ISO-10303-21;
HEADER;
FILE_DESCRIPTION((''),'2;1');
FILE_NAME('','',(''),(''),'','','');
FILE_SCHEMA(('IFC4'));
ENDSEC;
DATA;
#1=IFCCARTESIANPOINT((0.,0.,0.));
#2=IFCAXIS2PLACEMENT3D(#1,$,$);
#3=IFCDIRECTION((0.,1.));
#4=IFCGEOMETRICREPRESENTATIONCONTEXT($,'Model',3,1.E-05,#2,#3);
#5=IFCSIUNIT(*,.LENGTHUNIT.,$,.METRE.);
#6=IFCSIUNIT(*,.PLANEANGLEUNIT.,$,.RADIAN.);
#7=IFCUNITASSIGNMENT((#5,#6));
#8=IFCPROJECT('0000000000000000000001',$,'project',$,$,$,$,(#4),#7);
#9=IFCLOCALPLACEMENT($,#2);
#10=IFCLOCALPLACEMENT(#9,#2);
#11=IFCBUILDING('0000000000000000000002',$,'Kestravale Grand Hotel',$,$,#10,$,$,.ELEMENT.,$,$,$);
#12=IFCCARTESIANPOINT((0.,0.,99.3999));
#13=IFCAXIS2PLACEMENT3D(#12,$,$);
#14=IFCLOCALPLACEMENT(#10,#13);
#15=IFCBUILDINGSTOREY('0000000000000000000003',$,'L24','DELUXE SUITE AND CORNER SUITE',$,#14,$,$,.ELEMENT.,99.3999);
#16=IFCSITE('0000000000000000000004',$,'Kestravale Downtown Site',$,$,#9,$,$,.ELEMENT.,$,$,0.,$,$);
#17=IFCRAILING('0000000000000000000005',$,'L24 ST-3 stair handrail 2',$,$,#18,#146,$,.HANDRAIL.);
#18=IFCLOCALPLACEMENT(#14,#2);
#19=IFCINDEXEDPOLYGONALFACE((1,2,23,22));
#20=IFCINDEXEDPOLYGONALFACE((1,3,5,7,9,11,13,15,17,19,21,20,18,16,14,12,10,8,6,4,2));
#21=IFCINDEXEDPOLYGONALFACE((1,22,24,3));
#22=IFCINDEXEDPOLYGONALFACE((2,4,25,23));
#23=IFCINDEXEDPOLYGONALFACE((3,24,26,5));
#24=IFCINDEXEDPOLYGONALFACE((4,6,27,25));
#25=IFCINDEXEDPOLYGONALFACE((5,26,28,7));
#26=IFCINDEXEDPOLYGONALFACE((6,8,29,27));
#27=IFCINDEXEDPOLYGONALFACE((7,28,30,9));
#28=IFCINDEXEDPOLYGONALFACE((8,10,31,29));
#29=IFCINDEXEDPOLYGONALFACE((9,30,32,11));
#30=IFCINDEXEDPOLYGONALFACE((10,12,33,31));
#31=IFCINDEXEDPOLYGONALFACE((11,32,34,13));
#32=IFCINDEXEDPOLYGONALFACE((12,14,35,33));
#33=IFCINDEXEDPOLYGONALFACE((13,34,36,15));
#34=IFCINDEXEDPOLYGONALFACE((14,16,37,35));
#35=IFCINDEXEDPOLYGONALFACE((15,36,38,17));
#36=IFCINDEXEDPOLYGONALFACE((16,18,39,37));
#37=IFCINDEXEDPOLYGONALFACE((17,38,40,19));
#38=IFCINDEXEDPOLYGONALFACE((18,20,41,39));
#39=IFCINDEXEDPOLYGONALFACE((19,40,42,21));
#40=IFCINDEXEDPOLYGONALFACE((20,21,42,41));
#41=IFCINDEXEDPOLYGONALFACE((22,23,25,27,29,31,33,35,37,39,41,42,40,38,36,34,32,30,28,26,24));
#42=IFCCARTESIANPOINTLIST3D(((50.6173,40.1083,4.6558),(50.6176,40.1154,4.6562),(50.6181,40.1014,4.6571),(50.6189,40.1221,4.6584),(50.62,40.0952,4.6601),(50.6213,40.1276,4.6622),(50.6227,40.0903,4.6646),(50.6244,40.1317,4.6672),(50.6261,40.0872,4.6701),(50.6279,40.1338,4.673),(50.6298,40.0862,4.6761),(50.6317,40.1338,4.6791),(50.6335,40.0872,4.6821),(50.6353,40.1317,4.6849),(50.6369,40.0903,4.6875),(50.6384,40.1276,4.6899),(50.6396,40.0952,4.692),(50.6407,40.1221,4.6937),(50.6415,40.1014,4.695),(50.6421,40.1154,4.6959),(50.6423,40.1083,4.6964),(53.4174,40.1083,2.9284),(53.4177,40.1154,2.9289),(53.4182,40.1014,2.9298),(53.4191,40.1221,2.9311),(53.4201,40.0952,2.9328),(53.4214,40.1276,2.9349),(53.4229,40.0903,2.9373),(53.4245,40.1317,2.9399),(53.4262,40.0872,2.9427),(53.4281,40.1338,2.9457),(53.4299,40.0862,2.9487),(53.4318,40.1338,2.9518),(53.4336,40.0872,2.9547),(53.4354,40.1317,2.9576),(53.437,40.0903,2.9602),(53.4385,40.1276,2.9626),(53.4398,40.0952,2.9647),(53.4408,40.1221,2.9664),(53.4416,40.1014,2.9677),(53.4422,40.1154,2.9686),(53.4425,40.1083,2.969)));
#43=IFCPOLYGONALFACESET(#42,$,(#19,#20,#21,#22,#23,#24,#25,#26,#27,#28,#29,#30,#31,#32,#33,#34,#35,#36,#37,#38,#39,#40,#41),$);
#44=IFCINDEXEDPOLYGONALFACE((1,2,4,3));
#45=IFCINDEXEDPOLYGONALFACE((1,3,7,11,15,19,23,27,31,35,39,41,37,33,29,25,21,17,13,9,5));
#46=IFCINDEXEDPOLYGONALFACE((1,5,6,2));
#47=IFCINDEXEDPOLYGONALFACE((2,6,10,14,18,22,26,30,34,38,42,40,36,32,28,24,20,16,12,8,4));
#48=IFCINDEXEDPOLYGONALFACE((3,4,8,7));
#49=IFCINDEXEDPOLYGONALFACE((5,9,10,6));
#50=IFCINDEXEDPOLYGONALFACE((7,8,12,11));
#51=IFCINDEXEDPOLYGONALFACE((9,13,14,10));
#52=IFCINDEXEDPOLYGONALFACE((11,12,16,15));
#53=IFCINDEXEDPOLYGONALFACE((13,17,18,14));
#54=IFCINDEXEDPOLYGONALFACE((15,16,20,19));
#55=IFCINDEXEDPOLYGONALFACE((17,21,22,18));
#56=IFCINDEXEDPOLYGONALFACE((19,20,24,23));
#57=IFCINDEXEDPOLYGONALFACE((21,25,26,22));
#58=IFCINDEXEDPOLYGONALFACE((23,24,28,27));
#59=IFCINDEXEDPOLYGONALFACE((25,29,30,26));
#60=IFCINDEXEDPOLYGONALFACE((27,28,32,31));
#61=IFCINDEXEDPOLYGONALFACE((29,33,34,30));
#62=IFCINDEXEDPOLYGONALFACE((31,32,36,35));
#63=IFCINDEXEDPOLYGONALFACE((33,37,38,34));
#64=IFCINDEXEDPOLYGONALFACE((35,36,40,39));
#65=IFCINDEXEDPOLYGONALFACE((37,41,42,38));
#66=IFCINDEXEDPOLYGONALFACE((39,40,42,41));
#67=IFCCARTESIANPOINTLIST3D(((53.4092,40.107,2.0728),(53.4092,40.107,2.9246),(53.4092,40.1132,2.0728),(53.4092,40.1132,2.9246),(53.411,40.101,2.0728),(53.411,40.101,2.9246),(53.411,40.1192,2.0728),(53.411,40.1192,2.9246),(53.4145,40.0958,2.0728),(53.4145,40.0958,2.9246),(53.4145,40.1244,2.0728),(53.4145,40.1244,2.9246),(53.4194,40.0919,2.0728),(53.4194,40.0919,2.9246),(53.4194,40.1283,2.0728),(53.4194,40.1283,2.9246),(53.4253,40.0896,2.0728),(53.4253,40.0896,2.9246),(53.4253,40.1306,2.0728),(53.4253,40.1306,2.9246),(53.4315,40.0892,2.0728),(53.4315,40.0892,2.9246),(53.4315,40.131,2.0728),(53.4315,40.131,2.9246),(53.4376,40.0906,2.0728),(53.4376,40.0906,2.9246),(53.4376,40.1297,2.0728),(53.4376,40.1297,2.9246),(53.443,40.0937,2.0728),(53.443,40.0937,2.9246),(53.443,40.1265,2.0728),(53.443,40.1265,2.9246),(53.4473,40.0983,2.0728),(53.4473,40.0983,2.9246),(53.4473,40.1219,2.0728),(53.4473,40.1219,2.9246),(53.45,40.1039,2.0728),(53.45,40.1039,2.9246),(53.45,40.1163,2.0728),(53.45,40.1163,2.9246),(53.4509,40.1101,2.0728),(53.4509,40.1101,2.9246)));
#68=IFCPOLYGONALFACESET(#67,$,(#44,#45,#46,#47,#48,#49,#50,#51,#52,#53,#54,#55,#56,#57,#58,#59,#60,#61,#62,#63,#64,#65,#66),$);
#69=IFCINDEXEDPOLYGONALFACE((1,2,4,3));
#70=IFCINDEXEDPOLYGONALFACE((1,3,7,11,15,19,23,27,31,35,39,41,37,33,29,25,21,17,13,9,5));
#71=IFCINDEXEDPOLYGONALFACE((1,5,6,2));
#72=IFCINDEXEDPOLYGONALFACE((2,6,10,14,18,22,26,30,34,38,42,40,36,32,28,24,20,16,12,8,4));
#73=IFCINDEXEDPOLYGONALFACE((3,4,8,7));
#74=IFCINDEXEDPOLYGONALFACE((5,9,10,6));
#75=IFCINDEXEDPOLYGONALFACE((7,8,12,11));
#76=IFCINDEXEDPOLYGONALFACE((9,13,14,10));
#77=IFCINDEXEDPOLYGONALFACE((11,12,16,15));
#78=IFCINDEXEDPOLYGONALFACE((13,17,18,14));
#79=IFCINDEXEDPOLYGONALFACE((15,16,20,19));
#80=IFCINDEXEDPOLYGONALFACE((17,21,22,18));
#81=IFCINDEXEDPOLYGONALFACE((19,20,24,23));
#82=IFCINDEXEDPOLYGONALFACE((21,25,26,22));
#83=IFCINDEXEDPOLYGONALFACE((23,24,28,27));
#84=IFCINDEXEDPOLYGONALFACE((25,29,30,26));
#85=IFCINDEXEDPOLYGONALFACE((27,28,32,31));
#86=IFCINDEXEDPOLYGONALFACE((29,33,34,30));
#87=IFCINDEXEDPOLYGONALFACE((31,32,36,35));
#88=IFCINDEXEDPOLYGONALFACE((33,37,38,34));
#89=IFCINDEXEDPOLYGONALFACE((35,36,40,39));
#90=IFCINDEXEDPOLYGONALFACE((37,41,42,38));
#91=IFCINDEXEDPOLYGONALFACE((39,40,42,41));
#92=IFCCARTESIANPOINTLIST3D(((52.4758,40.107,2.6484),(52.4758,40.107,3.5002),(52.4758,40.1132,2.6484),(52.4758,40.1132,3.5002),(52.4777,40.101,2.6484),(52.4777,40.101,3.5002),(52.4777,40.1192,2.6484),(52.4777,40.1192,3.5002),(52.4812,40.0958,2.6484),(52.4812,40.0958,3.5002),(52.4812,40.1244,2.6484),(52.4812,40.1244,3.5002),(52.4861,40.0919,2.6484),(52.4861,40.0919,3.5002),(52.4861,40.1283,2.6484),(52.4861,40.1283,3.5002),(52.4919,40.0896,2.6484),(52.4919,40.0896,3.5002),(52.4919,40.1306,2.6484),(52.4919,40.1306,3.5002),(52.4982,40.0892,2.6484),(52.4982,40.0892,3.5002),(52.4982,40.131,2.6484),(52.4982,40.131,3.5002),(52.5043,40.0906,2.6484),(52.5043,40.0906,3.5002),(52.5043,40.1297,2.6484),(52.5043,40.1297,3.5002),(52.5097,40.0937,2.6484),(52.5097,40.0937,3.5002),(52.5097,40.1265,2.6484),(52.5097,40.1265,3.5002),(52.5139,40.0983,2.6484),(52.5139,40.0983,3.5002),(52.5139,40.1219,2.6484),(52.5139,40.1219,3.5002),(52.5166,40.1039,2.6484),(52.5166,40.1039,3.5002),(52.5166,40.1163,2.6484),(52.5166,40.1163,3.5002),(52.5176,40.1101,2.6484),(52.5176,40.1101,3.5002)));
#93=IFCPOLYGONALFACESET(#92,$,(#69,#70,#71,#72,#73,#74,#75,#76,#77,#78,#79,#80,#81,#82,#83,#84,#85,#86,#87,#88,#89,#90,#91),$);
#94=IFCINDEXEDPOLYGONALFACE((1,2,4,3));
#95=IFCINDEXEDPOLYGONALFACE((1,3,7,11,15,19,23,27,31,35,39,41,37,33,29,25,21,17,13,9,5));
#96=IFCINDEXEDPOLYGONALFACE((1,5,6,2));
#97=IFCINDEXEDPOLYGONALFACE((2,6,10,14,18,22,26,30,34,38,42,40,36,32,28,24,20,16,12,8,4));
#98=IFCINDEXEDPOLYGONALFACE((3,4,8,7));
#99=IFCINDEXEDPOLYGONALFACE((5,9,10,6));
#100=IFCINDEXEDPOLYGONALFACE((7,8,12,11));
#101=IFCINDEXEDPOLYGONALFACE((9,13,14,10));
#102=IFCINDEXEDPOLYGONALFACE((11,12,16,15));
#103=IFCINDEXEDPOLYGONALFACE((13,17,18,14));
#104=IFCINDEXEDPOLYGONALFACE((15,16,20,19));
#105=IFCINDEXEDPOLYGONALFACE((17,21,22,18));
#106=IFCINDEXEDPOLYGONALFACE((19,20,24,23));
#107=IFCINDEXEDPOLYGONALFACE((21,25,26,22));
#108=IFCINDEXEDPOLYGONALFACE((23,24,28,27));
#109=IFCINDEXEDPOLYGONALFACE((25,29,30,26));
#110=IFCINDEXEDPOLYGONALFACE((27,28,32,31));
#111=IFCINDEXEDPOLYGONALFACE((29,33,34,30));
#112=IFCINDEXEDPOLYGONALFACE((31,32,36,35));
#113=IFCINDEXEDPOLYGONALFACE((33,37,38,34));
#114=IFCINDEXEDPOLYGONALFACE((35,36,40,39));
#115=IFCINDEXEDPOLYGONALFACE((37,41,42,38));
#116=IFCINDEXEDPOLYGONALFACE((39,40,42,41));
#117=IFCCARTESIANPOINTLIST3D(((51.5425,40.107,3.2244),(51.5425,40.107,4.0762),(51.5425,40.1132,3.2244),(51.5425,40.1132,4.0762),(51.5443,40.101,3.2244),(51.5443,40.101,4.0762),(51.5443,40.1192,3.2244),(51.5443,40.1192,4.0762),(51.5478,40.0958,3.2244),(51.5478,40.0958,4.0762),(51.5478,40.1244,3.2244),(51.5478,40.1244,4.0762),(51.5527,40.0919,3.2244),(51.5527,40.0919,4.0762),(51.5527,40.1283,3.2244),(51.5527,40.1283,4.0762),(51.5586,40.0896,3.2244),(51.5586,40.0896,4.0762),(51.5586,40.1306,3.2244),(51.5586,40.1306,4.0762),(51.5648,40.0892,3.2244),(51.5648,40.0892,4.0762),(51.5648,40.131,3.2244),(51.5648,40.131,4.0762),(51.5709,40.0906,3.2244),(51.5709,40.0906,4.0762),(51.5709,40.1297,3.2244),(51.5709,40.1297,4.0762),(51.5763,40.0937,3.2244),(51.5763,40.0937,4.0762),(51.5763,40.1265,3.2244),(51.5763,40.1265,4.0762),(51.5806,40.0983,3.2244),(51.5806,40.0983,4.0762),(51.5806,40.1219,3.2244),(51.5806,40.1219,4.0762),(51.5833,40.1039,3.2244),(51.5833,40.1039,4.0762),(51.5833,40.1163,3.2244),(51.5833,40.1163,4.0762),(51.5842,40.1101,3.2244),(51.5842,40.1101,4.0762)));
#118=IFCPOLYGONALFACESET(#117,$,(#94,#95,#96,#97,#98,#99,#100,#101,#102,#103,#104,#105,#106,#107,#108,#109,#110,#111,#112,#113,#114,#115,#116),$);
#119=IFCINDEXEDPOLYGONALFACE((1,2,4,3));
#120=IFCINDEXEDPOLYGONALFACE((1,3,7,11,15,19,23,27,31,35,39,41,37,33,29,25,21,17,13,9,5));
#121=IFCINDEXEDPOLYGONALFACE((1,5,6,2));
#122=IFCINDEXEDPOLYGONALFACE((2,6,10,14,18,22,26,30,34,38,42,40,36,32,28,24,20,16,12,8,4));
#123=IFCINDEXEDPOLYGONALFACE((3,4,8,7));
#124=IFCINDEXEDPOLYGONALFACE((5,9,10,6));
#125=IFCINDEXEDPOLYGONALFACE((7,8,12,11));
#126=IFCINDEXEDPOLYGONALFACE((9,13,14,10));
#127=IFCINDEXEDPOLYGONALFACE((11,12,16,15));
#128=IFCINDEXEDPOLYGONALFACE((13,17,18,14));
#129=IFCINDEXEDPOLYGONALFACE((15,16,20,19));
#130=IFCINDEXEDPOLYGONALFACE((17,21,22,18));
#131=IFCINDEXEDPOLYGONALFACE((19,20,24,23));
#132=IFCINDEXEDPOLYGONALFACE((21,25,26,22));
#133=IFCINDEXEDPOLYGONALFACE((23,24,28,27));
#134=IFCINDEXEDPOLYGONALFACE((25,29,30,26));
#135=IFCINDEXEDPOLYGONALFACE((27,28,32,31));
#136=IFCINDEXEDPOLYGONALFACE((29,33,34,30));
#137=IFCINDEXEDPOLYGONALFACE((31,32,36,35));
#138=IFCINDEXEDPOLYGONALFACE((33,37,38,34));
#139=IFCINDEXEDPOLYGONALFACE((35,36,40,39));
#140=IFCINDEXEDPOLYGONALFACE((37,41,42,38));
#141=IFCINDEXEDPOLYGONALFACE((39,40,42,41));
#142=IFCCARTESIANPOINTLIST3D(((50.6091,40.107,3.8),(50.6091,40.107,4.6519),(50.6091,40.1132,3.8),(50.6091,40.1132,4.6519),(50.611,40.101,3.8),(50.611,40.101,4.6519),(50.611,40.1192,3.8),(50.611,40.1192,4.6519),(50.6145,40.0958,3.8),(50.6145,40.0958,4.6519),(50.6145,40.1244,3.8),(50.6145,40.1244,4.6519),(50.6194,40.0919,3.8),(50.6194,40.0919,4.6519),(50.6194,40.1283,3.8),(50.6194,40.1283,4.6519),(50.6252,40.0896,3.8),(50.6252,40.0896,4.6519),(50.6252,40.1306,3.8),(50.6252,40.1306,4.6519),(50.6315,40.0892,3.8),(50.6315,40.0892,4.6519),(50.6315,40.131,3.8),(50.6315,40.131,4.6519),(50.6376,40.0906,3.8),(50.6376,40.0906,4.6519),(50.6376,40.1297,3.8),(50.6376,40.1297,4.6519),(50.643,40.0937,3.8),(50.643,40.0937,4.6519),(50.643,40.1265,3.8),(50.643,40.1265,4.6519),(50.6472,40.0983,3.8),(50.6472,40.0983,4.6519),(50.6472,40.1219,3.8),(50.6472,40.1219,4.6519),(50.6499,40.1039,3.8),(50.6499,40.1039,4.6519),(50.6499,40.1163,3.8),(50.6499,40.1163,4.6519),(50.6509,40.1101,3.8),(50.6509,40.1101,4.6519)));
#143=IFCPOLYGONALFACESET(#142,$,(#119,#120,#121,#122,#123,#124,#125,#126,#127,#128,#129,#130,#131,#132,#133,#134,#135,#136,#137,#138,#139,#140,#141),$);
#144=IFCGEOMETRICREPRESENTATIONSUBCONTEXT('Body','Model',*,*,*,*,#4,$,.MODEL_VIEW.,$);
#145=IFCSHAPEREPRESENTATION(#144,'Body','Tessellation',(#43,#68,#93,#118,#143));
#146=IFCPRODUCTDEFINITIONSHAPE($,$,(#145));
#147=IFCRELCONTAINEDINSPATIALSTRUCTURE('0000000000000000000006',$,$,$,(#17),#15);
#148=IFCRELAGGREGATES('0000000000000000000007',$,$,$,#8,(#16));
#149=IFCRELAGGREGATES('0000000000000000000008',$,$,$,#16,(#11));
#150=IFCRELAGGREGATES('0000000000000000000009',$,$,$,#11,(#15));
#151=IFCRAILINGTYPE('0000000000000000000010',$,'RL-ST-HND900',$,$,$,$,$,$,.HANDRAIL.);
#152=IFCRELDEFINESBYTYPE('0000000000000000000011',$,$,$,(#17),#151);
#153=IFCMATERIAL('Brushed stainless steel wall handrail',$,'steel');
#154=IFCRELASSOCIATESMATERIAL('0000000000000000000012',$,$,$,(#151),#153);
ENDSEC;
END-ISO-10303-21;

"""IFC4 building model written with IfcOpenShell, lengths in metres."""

from ifc_helpers import new_model, si_unit, direction, frame, origin, origin_2d, place, context, subcontext, project, spatial, circle, extrude, material, type_object, element, save


model = new_model("IFC4")

# Units and contexts
model_context = context("Model", 3, precision=1e-05, world=origin(), true_north=direction((0.0, 1.0)))
body_context = subcontext(model_context, "Body", "Model", "MODEL_VIEW")
ifc_project = project(units=[si_unit("LENGTHUNIT", "METRE"), si_unit("PLANEANGLEUNIT", "RADIAN")], contexts=[model_context])

# Site, building, storey
site_placement = place(None, origin())
site = spatial("IfcSite", under=ifc_project, at=site_placement, Name="Kestravale Downtown Site", CompositionType="ELEMENT", RefElevation=0.0)
building_placement = place(site_placement, origin())
building = spatial("IfcBuilding", under=site, at=building_placement, Name="Kestravale Grand Hotel", CompositionType="ELEMENT")
storey_placement = place(building_placement, frame((0.0, 0.0, 99.3999)))
storey = spatial("IfcBuildingStorey", under=building, at=storey_placement, Name="L24", Description="DELUXE SUITE AND CORNER SUITE", CompositionType="ELEMENT", Elevation=99.3999)

# Railing
ifc_material_1 = material(Name="Brushed stainless steel wall handrail", Category="steel")
railing_type_1 = type_object("IfcRailingType", Name="RL-ST-HND900", PredefinedType="HANDRAIL", material=ifc_material_1)
railing_1_placement = place(storey_placement, frame((53.4299, 40.1101, 2.0728)))
element("IfcRailing", 1, at=railing_1_placement, inside=storey, type_object=railing_type_1, Name="L24 ST-3 stair handrail 2", PredefinedType="HANDRAIL", context=body_context, shape_type="SweptSolid", body=[
    extrude(circle(Radius=0.0239, at=origin_2d()), frame((0.0, 0.0, 0.876), z_axis=(-0.85109, 0.0, 0.52502), x_axis=(0.0, -1.0, 0.0)), (0.0, 0.0, 1.0), 3.29),
    extrude(circle(Radius=0.021, at=origin_2d()), origin(), (0.0, 0.0, 1.0), 0.8518),
    extrude(circle(Radius=0.021, at=origin_2d()), frame((-0.9333, 0.0, 0.5757)), (0.0, 0.0, 1.0), 0.8518),
    extrude(circle(Radius=0.021, at=origin_2d()), frame((-1.8667, 0.0, 1.1516)), (0.0, 0.0, 1.0), 0.8518),
    extrude(circle(Radius=0.021, at=origin_2d()), frame((-2.8, 0.0, 1.7273)), (0.0, 0.0, 1.0), 0.8518),
])

save(model, "model.ifc")
